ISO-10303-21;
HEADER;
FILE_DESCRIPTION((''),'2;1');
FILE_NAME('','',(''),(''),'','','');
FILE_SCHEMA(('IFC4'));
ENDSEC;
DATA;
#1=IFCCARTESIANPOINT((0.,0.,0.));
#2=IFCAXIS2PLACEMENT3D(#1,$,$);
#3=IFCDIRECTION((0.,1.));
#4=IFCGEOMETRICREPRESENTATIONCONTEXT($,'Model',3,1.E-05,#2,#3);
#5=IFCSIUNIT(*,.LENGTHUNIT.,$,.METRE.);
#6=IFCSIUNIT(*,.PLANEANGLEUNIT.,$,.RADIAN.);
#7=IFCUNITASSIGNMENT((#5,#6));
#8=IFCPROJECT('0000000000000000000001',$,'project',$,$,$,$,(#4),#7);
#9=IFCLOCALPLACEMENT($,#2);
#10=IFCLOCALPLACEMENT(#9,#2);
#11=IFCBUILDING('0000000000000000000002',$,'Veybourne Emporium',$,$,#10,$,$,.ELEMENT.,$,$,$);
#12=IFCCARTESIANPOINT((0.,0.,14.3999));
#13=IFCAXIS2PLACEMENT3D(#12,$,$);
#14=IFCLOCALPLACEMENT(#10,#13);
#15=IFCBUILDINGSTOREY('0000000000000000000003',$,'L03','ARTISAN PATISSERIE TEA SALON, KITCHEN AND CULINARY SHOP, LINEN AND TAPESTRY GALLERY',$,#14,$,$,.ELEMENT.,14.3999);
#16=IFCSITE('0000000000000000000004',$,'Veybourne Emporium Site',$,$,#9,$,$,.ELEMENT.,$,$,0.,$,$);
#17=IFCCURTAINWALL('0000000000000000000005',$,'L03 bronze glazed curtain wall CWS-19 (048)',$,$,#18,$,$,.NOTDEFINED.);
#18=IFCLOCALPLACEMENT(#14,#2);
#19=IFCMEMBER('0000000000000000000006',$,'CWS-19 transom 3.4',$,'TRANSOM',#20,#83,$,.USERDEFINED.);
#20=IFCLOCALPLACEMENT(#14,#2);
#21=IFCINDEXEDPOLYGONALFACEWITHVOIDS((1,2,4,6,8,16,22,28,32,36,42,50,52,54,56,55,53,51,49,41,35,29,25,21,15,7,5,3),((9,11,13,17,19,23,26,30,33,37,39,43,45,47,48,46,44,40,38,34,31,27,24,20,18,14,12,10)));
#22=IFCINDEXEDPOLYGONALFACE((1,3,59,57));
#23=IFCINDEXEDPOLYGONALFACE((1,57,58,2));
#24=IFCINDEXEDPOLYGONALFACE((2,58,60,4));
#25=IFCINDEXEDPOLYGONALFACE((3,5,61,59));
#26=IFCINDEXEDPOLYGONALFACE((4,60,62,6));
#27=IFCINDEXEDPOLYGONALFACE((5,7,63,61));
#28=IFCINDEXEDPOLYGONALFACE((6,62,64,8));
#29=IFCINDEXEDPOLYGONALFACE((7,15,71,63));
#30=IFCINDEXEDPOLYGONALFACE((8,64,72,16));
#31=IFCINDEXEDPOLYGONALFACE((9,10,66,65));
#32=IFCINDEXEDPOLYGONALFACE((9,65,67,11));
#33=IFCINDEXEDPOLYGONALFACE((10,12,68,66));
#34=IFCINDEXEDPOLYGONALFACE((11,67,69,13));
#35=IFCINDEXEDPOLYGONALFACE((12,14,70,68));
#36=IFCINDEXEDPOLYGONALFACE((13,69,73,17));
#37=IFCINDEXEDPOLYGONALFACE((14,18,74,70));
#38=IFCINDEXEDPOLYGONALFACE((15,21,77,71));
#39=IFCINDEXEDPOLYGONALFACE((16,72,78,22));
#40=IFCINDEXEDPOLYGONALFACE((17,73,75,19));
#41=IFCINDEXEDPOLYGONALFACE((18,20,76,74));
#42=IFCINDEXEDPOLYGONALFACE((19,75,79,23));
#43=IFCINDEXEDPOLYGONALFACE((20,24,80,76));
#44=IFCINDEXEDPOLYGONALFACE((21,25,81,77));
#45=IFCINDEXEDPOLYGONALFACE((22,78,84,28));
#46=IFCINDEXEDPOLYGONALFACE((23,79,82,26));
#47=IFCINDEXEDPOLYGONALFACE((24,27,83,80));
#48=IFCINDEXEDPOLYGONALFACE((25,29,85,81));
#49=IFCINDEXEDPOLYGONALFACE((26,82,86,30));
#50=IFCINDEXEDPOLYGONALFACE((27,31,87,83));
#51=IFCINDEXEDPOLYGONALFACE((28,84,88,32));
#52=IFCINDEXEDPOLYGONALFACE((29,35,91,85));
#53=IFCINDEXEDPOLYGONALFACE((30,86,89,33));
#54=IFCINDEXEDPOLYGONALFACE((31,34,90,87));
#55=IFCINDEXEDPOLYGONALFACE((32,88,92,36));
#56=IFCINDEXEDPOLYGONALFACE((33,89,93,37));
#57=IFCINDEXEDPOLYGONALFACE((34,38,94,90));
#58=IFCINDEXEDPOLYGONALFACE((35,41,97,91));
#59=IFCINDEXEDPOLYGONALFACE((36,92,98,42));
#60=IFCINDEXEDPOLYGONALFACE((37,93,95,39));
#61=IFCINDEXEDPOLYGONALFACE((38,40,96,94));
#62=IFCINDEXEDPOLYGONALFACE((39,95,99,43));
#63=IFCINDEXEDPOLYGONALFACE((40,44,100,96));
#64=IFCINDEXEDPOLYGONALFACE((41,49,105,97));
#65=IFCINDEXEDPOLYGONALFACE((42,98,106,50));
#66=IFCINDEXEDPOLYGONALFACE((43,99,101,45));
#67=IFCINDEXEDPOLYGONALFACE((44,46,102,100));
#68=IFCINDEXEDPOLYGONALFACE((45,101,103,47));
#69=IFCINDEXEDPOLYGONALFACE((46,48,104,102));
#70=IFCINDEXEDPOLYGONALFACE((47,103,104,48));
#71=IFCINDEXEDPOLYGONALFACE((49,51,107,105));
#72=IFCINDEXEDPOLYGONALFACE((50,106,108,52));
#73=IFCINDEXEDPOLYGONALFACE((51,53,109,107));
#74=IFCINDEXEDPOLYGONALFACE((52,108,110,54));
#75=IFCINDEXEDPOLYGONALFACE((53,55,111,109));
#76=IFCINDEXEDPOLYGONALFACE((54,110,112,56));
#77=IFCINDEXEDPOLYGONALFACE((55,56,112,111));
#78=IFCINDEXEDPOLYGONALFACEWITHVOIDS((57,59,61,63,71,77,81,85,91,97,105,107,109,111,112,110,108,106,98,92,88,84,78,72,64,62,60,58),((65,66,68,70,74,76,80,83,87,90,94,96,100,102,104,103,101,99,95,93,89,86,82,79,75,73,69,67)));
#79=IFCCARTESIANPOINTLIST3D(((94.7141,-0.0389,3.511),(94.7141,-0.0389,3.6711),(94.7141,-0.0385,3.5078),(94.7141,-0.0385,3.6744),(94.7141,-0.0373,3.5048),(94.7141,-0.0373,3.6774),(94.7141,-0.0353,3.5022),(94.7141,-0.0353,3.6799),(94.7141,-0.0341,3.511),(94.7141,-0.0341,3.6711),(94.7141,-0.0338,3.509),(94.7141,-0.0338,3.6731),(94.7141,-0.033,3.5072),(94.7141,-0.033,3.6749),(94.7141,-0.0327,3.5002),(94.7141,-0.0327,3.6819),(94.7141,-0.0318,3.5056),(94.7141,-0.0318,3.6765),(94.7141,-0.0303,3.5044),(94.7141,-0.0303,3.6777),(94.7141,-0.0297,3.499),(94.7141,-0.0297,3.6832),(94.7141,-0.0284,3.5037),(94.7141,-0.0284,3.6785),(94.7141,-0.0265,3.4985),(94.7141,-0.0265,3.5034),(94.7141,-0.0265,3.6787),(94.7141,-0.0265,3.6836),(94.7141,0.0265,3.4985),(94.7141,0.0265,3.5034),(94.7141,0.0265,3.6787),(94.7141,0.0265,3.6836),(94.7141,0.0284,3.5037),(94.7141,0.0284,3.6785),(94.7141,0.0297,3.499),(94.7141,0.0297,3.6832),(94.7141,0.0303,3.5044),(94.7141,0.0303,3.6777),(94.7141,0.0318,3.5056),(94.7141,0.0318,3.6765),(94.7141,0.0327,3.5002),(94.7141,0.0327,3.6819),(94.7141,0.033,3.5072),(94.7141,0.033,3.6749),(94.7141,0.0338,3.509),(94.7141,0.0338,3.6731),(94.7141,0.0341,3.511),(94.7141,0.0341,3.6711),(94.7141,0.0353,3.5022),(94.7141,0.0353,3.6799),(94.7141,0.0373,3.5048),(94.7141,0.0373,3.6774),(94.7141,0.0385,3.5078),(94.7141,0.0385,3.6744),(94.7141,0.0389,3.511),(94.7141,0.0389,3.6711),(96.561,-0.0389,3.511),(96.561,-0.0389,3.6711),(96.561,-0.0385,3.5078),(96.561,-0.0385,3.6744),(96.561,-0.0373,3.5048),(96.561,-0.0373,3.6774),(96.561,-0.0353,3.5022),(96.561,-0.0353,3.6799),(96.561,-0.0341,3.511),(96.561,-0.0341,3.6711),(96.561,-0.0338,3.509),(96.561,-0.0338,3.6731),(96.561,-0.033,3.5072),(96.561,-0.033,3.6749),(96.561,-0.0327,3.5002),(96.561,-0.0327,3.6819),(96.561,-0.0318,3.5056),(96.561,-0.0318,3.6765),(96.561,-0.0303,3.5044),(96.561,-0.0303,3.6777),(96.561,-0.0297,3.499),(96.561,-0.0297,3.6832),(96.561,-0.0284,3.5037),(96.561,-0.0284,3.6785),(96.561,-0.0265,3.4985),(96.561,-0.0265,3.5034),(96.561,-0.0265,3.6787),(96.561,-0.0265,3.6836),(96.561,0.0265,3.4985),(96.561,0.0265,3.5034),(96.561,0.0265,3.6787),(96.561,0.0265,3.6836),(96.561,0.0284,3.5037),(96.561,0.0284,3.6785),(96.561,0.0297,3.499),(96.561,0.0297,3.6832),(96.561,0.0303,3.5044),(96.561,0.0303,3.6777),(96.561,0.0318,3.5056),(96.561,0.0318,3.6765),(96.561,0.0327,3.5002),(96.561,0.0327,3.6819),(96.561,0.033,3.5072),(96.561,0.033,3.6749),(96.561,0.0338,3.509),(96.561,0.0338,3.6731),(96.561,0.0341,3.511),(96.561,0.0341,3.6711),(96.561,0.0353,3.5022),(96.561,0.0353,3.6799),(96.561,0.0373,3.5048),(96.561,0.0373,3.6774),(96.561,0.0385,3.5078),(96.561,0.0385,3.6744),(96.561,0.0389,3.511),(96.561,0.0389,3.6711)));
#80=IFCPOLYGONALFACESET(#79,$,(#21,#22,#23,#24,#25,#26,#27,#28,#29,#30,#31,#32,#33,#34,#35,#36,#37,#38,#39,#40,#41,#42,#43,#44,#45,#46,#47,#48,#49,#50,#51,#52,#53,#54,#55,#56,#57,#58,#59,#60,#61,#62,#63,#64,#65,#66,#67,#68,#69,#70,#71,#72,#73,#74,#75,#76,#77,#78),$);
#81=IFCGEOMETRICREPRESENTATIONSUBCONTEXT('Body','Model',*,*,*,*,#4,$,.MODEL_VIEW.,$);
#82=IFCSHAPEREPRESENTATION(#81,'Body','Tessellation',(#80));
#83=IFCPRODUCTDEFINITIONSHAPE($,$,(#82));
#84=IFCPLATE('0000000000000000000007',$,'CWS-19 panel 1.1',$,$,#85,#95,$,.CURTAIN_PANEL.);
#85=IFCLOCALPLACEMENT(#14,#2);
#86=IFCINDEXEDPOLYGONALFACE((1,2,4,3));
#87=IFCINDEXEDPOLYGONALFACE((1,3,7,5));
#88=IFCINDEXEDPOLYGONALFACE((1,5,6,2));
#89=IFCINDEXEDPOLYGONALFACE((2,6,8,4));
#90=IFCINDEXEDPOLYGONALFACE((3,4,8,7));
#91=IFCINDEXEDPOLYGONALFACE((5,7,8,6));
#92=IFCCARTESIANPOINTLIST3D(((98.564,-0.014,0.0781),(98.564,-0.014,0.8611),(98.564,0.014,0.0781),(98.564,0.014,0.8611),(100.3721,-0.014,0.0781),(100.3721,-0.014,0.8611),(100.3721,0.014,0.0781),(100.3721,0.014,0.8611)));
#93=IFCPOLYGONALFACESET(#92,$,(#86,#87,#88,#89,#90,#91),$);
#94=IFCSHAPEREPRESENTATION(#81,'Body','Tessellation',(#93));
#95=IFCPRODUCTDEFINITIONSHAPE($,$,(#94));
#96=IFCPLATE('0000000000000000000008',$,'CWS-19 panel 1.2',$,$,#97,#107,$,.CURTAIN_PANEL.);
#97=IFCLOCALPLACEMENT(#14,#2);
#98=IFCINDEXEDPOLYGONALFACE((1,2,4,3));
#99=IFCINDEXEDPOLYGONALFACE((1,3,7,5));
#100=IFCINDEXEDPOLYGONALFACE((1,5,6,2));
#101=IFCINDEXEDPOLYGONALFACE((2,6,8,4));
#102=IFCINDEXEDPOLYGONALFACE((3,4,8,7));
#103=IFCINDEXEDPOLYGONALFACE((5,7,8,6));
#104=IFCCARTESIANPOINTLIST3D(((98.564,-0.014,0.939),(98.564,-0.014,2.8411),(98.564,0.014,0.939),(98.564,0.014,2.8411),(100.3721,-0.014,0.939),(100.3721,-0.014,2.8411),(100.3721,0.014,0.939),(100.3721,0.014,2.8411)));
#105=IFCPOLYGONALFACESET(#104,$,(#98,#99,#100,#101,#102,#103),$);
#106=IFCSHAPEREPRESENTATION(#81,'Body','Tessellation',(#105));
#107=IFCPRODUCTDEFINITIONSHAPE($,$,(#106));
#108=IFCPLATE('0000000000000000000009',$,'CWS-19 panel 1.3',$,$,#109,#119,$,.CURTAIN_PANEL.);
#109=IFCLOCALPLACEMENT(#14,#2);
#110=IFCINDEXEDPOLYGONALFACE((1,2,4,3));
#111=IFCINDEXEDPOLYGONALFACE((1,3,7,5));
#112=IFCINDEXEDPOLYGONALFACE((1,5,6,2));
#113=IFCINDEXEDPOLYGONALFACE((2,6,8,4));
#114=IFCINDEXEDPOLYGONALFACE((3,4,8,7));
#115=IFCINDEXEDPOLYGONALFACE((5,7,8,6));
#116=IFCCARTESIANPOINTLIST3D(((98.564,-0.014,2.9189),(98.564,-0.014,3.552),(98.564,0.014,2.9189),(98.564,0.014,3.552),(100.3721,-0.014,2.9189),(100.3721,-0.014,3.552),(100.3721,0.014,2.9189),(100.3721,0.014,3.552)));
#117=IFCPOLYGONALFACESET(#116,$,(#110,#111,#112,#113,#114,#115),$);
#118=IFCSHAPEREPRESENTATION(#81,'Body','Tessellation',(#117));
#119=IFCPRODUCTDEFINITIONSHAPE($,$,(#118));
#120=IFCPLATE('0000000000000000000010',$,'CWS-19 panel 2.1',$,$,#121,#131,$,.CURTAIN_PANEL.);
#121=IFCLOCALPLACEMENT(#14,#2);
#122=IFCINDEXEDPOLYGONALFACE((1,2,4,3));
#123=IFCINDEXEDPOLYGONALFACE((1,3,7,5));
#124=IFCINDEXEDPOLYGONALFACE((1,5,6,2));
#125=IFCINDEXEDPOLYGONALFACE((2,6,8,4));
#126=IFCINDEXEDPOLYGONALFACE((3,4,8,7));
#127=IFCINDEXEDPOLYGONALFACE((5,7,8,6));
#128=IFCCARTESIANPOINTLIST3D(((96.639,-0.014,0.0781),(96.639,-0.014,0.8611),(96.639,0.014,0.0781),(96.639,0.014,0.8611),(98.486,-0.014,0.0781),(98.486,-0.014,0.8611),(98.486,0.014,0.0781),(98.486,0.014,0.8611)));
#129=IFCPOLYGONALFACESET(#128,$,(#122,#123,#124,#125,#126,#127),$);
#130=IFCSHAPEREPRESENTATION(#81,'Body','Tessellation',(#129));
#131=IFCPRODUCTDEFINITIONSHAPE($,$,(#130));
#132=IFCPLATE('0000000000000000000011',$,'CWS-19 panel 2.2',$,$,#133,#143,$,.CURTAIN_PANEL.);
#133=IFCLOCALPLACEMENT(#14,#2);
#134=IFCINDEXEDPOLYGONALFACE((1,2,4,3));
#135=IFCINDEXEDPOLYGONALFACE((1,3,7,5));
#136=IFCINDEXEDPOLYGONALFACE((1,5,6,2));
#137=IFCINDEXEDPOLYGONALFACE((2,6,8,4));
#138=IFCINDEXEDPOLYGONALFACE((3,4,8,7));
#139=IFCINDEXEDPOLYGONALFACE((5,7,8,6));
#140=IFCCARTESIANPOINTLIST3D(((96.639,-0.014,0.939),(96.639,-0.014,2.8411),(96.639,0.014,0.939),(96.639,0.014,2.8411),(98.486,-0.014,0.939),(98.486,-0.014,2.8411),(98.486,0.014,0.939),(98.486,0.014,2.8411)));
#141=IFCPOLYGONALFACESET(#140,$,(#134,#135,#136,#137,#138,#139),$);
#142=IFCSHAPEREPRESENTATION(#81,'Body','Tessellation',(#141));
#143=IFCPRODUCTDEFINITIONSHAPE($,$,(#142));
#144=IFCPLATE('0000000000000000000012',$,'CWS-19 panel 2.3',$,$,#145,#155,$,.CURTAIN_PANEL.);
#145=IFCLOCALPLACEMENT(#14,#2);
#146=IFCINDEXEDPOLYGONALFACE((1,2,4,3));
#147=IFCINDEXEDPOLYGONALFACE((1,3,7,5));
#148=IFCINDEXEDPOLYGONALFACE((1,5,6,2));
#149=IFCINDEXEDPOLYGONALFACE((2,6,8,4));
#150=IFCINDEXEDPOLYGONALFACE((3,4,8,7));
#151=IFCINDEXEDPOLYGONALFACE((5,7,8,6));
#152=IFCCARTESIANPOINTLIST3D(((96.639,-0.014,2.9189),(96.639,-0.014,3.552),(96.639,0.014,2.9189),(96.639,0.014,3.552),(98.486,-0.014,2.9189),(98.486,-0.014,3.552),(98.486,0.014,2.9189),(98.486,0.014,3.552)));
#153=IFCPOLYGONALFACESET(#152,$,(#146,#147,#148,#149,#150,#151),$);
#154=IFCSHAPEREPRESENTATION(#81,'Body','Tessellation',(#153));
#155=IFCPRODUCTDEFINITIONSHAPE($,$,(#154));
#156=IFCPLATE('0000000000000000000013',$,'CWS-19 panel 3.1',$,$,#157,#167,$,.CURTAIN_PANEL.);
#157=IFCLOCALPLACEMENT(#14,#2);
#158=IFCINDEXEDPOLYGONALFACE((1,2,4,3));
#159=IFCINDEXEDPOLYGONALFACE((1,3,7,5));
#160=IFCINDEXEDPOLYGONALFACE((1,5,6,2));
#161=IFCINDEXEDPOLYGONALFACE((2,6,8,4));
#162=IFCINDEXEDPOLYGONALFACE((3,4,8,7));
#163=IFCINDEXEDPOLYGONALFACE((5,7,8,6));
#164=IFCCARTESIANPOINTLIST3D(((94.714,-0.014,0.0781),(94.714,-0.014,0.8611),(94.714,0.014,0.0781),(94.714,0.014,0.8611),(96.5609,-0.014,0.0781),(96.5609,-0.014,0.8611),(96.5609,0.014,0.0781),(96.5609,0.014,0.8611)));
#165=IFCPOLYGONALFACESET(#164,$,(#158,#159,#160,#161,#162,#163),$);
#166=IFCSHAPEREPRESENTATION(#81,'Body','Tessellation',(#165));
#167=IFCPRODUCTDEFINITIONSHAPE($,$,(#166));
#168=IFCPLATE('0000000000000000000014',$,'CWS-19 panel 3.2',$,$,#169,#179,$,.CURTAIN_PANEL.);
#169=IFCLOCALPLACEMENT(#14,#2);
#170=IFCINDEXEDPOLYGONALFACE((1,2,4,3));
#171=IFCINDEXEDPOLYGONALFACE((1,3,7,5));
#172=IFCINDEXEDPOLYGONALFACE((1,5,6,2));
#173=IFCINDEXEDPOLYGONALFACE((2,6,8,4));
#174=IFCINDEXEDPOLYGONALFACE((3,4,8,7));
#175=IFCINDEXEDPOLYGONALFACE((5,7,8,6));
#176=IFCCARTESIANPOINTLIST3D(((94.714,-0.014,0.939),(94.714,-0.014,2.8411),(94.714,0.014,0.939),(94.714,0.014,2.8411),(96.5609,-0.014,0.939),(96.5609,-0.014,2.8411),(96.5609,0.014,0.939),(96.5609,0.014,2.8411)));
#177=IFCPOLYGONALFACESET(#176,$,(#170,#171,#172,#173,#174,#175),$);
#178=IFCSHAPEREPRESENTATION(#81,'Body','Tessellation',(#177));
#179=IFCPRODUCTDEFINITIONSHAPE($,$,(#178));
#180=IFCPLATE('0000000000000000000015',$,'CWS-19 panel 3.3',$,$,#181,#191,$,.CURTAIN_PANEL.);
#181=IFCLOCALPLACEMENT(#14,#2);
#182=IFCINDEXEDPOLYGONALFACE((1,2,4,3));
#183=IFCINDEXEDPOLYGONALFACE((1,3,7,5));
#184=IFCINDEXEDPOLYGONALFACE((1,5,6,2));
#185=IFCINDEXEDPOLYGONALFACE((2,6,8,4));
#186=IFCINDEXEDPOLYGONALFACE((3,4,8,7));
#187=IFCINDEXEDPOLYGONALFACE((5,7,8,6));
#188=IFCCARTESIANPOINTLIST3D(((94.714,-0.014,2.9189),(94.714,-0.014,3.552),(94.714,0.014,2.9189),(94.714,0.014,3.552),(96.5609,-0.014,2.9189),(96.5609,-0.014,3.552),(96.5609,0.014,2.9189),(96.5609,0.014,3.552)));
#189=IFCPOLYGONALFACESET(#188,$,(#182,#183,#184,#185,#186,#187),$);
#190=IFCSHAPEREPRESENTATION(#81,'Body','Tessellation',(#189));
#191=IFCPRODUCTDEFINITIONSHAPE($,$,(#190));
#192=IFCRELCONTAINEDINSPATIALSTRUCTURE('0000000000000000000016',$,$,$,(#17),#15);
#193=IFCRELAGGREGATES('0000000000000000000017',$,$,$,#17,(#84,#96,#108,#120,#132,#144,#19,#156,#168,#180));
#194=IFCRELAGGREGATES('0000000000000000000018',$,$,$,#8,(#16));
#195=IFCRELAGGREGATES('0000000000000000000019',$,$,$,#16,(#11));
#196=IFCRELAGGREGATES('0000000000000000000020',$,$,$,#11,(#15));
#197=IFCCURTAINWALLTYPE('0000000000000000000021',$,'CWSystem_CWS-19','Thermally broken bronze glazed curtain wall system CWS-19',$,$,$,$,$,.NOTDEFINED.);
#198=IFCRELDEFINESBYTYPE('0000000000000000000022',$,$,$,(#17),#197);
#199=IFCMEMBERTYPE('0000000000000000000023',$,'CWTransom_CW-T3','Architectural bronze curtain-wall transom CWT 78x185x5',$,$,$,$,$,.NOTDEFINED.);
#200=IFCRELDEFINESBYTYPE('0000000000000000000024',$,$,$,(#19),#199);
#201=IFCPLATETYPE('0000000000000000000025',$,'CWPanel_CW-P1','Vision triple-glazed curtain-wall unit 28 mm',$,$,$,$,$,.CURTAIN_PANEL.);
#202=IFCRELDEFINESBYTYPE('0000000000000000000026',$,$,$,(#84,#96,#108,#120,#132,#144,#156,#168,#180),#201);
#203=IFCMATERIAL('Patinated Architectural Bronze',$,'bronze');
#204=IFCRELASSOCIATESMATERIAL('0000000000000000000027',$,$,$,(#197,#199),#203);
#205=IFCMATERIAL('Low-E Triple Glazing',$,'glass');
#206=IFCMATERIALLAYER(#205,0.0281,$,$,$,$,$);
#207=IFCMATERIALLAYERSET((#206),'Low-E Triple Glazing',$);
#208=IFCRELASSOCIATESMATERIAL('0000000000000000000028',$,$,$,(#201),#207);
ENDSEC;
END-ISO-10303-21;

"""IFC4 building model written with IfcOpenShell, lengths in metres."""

from ifc_helpers import new_model, si_unit, direction, frame, origin, origin_2d, place, context, subcontext, project, spatial, rectangle, hollow_rectangle, extrude, material, layer, layer_set, material_profile, profile_set, type_object, element, aggregate, save


model = new_model("IFC4")

# Units and contexts
model_context = context("Model", 3, precision=1e-05, world=origin(), true_north=direction((0.0, 1.0)))
body_context = subcontext(model_context, "Body", "Model", "MODEL_VIEW")
ifc_project = project(units=[si_unit("LENGTHUNIT", "METRE"), si_unit("PLANEANGLEUNIT", "RADIAN")], contexts=[model_context])

# Site, building, storey
site_placement = place(None, origin())
site = spatial("IfcSite", under=ifc_project, at=site_placement, Name="Veybourne Emporium Site", CompositionType="ELEMENT", RefElevation=0.0)
building_placement = place(site_placement, origin())
building = spatial("IfcBuilding", under=site, at=building_placement, Name="Veybourne Emporium", CompositionType="ELEMENT")
storey_placement = place(building_placement, frame((0.0, 0.0, 14.3999)))
storey = spatial("IfcBuildingStorey", under=building, at=storey_placement, Name="L03", Description="ARTISAN PATISSERIE TEA SALON, KITCHEN AND CULINARY SHOP, LINEN AND TAPESTRY GALLERY", CompositionType="ELEMENT", Elevation=14.3999)

# Curtain wall, member, plates
ifc_material_1 = material(Name="Patinated Architectural Bronze", Category="bronze")
curtain_wall_type = type_object("IfcCurtainWallType", Name="CWSystem_CWS-19", Description="Thermally broken bronze glazed curtain wall system CWS-19", PredefinedType="NOTDEFINED", material=ifc_material_1)
curtain_wall_placement = place(storey_placement, origin())
curtain_wall = element("IfcCurtainWall", 1, at=curtain_wall_placement, inside=storey, type_object=curtain_wall_type, Name="L03 bronze glazed curtain wall CWS-19 (048)", PredefinedType="NOTDEFINED")
ifc_material_profile_1 = material_profile(ifc_material_1, hollow_rectangle(XDim=0.0779, YDim=0.1851, WallThickness=0.0049, InnerFilletRadius=0.0076, OuterFilletRadius=0.0125, at=origin_2d()), Name="CWT 78x185x5")
ifc_profile_set_1 = profile_set([ifc_material_profile_1], Name="Patinated Architectural Bronze")
member_type_1 = type_object("IfcMemberType", Name="CWTransom_CW-T3", Description="Architectural bronze curtain-wall transom CWT 78x185x5", PredefinedType="NOTDEFINED", material=ifc_profile_set_1)
member_1_placement = place(storey_placement, frame((96.561, 0.0, 3.5911), z_axis=(-1.0, 0.0, 0.0), x_axis=(0.0, -1.0, 0.0)))
member_1 = element("IfcMember", 2, at=member_1_placement, type_object=member_type_1, Name="CWS-19 transom 3.4", ObjectType="TRANSOM", PredefinedType="USERDEFINED", context=body_context, shape_type="SweptSolid", body=[
    extrude(hollow_rectangle(XDim=0.0779, YDim=0.1851, WallThickness=0.0049, InnerFilletRadius=0.0076, OuterFilletRadius=0.0125, at=origin_2d()), origin(), (0.0, 0.0, 1.0), 1.8469),
])
ifc_material_2 = material(Name="Low-E Triple Glazing", Category="glass")
ifc_layer_1 = layer(ifc_material_2, 0.0281)
ifc_layer_set_1 = layer_set([ifc_layer_1], Name="Low-E Triple Glazing")
plate_type = type_object("IfcPlateType", Name="CWPanel_CW-P1", Description="Vision triple-glazed curtain-wall unit 28 mm", PredefinedType="CURTAIN_PANEL", material=ifc_layer_set_1)
plate_1_placement = place(storey_placement, frame((99.468, 0.0, 0.0781), z_axis=(0.0, 0.0, 1.0), x_axis=(-1.0, 0.0, 0.0)))
plate_1 = element("IfcPlate", 3, at=plate_1_placement, type_object=plate_type, Name="CWS-19 panel 1.1", PredefinedType="CURTAIN_PANEL", context=body_context, shape_type="SweptSolid", body=[
    extrude(rectangle(XDim=1.8081, YDim=0.0281, at=origin_2d()), origin(), (0.0, 0.0, 1.0), 0.783),
])
plate_2_placement = place(storey_placement, frame((99.468, 0.0, 0.939), z_axis=(0.0, 0.0, 1.0), x_axis=(-1.0, 0.0, 0.0)))
plate_2 = element("IfcPlate", 4, at=plate_2_placement, type_object=plate_type, Name="CWS-19 panel 1.2", PredefinedType="CURTAIN_PANEL", context=body_context, shape_type="SweptSolid", body=[
    extrude(rectangle(XDim=1.8081, YDim=0.0281, at=origin_2d()), origin(), (0.0, 0.0, 1.0), 1.9021),
])
plate_3_placement = place(storey_placement, frame((99.468, 0.0, 2.9189), z_axis=(0.0, 0.0, 1.0), x_axis=(-1.0, 0.0, 0.0)))
plate_3 = element("IfcPlate", 5, at=plate_3_placement, type_object=plate_type, Name="CWS-19 panel 1.3", PredefinedType="CURTAIN_PANEL", context=body_context, shape_type="SweptSolid", body=[
    extrude(rectangle(XDim=1.8081, YDim=0.0281, at=origin_2d()), origin(), (0.0, 0.0, 1.0), 0.6331),
])
plate_4_placement = place(storey_placement, frame((97.5625, 0.0, 0.0781), z_axis=(0.0, 0.0, 1.0), x_axis=(-1.0, 0.0, 0.0)))
plate_4 = element("IfcPlate", 6, at=plate_4_placement, type_object=plate_type, Name="CWS-19 panel 2.1", PredefinedType="CURTAIN_PANEL", context=body_context, shape_type="SweptSolid", body=[
    extrude(rectangle(XDim=1.8469, YDim=0.0281, at=origin_2d()), origin(), (0.0, 0.0, 1.0), 0.783),
])
plate_5_placement = place(storey_placement, frame((97.5625, 0.0, 0.939), z_axis=(0.0, 0.0, 1.0), x_axis=(-1.0, 0.0, 0.0)))
plate_5 = element("IfcPlate", 7, at=plate_5_placement, type_object=plate_type, Name="CWS-19 panel 2.2", PredefinedType="CURTAIN_PANEL", context=body_context, shape_type="SweptSolid", body=[
    extrude(rectangle(XDim=1.8469, YDim=0.0281, at=origin_2d()), origin(), (0.0, 0.0, 1.0), 1.9021),
])
plate_6_placement = place(storey_placement, frame((97.5625, 0.0, 2.9189), z_axis=(0.0, 0.0, 1.0), x_axis=(-1.0, 0.0, 0.0)))
plate_6 = element("IfcPlate", 8, at=plate_6_placement, type_object=plate_type, Name="CWS-19 panel 2.3", PredefinedType="CURTAIN_PANEL", context=body_context, shape_type="SweptSolid", body=[
    extrude(rectangle(XDim=1.8469, YDim=0.0281, at=origin_2d()), origin(), (0.0, 0.0, 1.0), 0.6331),
])
plate_7_placement = place(storey_placement, frame((95.6375, 0.0, 0.0781), z_axis=(0.0, 0.0, 1.0), x_axis=(-1.0, 0.0, 0.0)))
plate_7 = element("IfcPlate", 9, at=plate_7_placement, type_object=plate_type, Name="CWS-19 panel 3.1", PredefinedType="CURTAIN_PANEL", context=body_context, shape_type="SweptSolid", body=[
    extrude(rectangle(XDim=1.8469, YDim=0.0281, at=origin_2d()), origin(), (0.0, 0.0, 1.0), 0.783),
])
plate_8_placement = place(storey_placement, frame((95.6375, 0.0, 0.939), z_axis=(0.0, 0.0, 1.0), x_axis=(-1.0, 0.0, 0.0)))
plate_8 = element("IfcPlate", 10, at=plate_8_placement, type_object=plate_type, Name="CWS-19 panel 3.2", PredefinedType="CURTAIN_PANEL", context=body_context, shape_type="SweptSolid", body=[
    extrude(rectangle(XDim=1.8469, YDim=0.0281, at=origin_2d()), origin(), (0.0, 0.0, 1.0), 1.9021),
])
plate_9_placement = place(storey_placement, frame((95.6375, 0.0, 2.9189), z_axis=(0.0, 0.0, 1.0), x_axis=(-1.0, 0.0, 0.0)))
plate_9 = element("IfcPlate", 11, at=plate_9_placement, type_object=plate_type, Name="CWS-19 panel 3.3", PredefinedType="CURTAIN_PANEL", context=body_context, shape_type="SweptSolid", body=[
    extrude(rectangle(XDim=1.8469, YDim=0.0281, at=origin_2d()), origin(), (0.0, 0.0, 1.0), 0.6331),
])
aggregate(curtain_wall, [plate_1, plate_2, plate_3, plate_4, plate_5, plate_6, member_1, plate_7, plate_8, plate_9])

save(model, "model.ifc")
